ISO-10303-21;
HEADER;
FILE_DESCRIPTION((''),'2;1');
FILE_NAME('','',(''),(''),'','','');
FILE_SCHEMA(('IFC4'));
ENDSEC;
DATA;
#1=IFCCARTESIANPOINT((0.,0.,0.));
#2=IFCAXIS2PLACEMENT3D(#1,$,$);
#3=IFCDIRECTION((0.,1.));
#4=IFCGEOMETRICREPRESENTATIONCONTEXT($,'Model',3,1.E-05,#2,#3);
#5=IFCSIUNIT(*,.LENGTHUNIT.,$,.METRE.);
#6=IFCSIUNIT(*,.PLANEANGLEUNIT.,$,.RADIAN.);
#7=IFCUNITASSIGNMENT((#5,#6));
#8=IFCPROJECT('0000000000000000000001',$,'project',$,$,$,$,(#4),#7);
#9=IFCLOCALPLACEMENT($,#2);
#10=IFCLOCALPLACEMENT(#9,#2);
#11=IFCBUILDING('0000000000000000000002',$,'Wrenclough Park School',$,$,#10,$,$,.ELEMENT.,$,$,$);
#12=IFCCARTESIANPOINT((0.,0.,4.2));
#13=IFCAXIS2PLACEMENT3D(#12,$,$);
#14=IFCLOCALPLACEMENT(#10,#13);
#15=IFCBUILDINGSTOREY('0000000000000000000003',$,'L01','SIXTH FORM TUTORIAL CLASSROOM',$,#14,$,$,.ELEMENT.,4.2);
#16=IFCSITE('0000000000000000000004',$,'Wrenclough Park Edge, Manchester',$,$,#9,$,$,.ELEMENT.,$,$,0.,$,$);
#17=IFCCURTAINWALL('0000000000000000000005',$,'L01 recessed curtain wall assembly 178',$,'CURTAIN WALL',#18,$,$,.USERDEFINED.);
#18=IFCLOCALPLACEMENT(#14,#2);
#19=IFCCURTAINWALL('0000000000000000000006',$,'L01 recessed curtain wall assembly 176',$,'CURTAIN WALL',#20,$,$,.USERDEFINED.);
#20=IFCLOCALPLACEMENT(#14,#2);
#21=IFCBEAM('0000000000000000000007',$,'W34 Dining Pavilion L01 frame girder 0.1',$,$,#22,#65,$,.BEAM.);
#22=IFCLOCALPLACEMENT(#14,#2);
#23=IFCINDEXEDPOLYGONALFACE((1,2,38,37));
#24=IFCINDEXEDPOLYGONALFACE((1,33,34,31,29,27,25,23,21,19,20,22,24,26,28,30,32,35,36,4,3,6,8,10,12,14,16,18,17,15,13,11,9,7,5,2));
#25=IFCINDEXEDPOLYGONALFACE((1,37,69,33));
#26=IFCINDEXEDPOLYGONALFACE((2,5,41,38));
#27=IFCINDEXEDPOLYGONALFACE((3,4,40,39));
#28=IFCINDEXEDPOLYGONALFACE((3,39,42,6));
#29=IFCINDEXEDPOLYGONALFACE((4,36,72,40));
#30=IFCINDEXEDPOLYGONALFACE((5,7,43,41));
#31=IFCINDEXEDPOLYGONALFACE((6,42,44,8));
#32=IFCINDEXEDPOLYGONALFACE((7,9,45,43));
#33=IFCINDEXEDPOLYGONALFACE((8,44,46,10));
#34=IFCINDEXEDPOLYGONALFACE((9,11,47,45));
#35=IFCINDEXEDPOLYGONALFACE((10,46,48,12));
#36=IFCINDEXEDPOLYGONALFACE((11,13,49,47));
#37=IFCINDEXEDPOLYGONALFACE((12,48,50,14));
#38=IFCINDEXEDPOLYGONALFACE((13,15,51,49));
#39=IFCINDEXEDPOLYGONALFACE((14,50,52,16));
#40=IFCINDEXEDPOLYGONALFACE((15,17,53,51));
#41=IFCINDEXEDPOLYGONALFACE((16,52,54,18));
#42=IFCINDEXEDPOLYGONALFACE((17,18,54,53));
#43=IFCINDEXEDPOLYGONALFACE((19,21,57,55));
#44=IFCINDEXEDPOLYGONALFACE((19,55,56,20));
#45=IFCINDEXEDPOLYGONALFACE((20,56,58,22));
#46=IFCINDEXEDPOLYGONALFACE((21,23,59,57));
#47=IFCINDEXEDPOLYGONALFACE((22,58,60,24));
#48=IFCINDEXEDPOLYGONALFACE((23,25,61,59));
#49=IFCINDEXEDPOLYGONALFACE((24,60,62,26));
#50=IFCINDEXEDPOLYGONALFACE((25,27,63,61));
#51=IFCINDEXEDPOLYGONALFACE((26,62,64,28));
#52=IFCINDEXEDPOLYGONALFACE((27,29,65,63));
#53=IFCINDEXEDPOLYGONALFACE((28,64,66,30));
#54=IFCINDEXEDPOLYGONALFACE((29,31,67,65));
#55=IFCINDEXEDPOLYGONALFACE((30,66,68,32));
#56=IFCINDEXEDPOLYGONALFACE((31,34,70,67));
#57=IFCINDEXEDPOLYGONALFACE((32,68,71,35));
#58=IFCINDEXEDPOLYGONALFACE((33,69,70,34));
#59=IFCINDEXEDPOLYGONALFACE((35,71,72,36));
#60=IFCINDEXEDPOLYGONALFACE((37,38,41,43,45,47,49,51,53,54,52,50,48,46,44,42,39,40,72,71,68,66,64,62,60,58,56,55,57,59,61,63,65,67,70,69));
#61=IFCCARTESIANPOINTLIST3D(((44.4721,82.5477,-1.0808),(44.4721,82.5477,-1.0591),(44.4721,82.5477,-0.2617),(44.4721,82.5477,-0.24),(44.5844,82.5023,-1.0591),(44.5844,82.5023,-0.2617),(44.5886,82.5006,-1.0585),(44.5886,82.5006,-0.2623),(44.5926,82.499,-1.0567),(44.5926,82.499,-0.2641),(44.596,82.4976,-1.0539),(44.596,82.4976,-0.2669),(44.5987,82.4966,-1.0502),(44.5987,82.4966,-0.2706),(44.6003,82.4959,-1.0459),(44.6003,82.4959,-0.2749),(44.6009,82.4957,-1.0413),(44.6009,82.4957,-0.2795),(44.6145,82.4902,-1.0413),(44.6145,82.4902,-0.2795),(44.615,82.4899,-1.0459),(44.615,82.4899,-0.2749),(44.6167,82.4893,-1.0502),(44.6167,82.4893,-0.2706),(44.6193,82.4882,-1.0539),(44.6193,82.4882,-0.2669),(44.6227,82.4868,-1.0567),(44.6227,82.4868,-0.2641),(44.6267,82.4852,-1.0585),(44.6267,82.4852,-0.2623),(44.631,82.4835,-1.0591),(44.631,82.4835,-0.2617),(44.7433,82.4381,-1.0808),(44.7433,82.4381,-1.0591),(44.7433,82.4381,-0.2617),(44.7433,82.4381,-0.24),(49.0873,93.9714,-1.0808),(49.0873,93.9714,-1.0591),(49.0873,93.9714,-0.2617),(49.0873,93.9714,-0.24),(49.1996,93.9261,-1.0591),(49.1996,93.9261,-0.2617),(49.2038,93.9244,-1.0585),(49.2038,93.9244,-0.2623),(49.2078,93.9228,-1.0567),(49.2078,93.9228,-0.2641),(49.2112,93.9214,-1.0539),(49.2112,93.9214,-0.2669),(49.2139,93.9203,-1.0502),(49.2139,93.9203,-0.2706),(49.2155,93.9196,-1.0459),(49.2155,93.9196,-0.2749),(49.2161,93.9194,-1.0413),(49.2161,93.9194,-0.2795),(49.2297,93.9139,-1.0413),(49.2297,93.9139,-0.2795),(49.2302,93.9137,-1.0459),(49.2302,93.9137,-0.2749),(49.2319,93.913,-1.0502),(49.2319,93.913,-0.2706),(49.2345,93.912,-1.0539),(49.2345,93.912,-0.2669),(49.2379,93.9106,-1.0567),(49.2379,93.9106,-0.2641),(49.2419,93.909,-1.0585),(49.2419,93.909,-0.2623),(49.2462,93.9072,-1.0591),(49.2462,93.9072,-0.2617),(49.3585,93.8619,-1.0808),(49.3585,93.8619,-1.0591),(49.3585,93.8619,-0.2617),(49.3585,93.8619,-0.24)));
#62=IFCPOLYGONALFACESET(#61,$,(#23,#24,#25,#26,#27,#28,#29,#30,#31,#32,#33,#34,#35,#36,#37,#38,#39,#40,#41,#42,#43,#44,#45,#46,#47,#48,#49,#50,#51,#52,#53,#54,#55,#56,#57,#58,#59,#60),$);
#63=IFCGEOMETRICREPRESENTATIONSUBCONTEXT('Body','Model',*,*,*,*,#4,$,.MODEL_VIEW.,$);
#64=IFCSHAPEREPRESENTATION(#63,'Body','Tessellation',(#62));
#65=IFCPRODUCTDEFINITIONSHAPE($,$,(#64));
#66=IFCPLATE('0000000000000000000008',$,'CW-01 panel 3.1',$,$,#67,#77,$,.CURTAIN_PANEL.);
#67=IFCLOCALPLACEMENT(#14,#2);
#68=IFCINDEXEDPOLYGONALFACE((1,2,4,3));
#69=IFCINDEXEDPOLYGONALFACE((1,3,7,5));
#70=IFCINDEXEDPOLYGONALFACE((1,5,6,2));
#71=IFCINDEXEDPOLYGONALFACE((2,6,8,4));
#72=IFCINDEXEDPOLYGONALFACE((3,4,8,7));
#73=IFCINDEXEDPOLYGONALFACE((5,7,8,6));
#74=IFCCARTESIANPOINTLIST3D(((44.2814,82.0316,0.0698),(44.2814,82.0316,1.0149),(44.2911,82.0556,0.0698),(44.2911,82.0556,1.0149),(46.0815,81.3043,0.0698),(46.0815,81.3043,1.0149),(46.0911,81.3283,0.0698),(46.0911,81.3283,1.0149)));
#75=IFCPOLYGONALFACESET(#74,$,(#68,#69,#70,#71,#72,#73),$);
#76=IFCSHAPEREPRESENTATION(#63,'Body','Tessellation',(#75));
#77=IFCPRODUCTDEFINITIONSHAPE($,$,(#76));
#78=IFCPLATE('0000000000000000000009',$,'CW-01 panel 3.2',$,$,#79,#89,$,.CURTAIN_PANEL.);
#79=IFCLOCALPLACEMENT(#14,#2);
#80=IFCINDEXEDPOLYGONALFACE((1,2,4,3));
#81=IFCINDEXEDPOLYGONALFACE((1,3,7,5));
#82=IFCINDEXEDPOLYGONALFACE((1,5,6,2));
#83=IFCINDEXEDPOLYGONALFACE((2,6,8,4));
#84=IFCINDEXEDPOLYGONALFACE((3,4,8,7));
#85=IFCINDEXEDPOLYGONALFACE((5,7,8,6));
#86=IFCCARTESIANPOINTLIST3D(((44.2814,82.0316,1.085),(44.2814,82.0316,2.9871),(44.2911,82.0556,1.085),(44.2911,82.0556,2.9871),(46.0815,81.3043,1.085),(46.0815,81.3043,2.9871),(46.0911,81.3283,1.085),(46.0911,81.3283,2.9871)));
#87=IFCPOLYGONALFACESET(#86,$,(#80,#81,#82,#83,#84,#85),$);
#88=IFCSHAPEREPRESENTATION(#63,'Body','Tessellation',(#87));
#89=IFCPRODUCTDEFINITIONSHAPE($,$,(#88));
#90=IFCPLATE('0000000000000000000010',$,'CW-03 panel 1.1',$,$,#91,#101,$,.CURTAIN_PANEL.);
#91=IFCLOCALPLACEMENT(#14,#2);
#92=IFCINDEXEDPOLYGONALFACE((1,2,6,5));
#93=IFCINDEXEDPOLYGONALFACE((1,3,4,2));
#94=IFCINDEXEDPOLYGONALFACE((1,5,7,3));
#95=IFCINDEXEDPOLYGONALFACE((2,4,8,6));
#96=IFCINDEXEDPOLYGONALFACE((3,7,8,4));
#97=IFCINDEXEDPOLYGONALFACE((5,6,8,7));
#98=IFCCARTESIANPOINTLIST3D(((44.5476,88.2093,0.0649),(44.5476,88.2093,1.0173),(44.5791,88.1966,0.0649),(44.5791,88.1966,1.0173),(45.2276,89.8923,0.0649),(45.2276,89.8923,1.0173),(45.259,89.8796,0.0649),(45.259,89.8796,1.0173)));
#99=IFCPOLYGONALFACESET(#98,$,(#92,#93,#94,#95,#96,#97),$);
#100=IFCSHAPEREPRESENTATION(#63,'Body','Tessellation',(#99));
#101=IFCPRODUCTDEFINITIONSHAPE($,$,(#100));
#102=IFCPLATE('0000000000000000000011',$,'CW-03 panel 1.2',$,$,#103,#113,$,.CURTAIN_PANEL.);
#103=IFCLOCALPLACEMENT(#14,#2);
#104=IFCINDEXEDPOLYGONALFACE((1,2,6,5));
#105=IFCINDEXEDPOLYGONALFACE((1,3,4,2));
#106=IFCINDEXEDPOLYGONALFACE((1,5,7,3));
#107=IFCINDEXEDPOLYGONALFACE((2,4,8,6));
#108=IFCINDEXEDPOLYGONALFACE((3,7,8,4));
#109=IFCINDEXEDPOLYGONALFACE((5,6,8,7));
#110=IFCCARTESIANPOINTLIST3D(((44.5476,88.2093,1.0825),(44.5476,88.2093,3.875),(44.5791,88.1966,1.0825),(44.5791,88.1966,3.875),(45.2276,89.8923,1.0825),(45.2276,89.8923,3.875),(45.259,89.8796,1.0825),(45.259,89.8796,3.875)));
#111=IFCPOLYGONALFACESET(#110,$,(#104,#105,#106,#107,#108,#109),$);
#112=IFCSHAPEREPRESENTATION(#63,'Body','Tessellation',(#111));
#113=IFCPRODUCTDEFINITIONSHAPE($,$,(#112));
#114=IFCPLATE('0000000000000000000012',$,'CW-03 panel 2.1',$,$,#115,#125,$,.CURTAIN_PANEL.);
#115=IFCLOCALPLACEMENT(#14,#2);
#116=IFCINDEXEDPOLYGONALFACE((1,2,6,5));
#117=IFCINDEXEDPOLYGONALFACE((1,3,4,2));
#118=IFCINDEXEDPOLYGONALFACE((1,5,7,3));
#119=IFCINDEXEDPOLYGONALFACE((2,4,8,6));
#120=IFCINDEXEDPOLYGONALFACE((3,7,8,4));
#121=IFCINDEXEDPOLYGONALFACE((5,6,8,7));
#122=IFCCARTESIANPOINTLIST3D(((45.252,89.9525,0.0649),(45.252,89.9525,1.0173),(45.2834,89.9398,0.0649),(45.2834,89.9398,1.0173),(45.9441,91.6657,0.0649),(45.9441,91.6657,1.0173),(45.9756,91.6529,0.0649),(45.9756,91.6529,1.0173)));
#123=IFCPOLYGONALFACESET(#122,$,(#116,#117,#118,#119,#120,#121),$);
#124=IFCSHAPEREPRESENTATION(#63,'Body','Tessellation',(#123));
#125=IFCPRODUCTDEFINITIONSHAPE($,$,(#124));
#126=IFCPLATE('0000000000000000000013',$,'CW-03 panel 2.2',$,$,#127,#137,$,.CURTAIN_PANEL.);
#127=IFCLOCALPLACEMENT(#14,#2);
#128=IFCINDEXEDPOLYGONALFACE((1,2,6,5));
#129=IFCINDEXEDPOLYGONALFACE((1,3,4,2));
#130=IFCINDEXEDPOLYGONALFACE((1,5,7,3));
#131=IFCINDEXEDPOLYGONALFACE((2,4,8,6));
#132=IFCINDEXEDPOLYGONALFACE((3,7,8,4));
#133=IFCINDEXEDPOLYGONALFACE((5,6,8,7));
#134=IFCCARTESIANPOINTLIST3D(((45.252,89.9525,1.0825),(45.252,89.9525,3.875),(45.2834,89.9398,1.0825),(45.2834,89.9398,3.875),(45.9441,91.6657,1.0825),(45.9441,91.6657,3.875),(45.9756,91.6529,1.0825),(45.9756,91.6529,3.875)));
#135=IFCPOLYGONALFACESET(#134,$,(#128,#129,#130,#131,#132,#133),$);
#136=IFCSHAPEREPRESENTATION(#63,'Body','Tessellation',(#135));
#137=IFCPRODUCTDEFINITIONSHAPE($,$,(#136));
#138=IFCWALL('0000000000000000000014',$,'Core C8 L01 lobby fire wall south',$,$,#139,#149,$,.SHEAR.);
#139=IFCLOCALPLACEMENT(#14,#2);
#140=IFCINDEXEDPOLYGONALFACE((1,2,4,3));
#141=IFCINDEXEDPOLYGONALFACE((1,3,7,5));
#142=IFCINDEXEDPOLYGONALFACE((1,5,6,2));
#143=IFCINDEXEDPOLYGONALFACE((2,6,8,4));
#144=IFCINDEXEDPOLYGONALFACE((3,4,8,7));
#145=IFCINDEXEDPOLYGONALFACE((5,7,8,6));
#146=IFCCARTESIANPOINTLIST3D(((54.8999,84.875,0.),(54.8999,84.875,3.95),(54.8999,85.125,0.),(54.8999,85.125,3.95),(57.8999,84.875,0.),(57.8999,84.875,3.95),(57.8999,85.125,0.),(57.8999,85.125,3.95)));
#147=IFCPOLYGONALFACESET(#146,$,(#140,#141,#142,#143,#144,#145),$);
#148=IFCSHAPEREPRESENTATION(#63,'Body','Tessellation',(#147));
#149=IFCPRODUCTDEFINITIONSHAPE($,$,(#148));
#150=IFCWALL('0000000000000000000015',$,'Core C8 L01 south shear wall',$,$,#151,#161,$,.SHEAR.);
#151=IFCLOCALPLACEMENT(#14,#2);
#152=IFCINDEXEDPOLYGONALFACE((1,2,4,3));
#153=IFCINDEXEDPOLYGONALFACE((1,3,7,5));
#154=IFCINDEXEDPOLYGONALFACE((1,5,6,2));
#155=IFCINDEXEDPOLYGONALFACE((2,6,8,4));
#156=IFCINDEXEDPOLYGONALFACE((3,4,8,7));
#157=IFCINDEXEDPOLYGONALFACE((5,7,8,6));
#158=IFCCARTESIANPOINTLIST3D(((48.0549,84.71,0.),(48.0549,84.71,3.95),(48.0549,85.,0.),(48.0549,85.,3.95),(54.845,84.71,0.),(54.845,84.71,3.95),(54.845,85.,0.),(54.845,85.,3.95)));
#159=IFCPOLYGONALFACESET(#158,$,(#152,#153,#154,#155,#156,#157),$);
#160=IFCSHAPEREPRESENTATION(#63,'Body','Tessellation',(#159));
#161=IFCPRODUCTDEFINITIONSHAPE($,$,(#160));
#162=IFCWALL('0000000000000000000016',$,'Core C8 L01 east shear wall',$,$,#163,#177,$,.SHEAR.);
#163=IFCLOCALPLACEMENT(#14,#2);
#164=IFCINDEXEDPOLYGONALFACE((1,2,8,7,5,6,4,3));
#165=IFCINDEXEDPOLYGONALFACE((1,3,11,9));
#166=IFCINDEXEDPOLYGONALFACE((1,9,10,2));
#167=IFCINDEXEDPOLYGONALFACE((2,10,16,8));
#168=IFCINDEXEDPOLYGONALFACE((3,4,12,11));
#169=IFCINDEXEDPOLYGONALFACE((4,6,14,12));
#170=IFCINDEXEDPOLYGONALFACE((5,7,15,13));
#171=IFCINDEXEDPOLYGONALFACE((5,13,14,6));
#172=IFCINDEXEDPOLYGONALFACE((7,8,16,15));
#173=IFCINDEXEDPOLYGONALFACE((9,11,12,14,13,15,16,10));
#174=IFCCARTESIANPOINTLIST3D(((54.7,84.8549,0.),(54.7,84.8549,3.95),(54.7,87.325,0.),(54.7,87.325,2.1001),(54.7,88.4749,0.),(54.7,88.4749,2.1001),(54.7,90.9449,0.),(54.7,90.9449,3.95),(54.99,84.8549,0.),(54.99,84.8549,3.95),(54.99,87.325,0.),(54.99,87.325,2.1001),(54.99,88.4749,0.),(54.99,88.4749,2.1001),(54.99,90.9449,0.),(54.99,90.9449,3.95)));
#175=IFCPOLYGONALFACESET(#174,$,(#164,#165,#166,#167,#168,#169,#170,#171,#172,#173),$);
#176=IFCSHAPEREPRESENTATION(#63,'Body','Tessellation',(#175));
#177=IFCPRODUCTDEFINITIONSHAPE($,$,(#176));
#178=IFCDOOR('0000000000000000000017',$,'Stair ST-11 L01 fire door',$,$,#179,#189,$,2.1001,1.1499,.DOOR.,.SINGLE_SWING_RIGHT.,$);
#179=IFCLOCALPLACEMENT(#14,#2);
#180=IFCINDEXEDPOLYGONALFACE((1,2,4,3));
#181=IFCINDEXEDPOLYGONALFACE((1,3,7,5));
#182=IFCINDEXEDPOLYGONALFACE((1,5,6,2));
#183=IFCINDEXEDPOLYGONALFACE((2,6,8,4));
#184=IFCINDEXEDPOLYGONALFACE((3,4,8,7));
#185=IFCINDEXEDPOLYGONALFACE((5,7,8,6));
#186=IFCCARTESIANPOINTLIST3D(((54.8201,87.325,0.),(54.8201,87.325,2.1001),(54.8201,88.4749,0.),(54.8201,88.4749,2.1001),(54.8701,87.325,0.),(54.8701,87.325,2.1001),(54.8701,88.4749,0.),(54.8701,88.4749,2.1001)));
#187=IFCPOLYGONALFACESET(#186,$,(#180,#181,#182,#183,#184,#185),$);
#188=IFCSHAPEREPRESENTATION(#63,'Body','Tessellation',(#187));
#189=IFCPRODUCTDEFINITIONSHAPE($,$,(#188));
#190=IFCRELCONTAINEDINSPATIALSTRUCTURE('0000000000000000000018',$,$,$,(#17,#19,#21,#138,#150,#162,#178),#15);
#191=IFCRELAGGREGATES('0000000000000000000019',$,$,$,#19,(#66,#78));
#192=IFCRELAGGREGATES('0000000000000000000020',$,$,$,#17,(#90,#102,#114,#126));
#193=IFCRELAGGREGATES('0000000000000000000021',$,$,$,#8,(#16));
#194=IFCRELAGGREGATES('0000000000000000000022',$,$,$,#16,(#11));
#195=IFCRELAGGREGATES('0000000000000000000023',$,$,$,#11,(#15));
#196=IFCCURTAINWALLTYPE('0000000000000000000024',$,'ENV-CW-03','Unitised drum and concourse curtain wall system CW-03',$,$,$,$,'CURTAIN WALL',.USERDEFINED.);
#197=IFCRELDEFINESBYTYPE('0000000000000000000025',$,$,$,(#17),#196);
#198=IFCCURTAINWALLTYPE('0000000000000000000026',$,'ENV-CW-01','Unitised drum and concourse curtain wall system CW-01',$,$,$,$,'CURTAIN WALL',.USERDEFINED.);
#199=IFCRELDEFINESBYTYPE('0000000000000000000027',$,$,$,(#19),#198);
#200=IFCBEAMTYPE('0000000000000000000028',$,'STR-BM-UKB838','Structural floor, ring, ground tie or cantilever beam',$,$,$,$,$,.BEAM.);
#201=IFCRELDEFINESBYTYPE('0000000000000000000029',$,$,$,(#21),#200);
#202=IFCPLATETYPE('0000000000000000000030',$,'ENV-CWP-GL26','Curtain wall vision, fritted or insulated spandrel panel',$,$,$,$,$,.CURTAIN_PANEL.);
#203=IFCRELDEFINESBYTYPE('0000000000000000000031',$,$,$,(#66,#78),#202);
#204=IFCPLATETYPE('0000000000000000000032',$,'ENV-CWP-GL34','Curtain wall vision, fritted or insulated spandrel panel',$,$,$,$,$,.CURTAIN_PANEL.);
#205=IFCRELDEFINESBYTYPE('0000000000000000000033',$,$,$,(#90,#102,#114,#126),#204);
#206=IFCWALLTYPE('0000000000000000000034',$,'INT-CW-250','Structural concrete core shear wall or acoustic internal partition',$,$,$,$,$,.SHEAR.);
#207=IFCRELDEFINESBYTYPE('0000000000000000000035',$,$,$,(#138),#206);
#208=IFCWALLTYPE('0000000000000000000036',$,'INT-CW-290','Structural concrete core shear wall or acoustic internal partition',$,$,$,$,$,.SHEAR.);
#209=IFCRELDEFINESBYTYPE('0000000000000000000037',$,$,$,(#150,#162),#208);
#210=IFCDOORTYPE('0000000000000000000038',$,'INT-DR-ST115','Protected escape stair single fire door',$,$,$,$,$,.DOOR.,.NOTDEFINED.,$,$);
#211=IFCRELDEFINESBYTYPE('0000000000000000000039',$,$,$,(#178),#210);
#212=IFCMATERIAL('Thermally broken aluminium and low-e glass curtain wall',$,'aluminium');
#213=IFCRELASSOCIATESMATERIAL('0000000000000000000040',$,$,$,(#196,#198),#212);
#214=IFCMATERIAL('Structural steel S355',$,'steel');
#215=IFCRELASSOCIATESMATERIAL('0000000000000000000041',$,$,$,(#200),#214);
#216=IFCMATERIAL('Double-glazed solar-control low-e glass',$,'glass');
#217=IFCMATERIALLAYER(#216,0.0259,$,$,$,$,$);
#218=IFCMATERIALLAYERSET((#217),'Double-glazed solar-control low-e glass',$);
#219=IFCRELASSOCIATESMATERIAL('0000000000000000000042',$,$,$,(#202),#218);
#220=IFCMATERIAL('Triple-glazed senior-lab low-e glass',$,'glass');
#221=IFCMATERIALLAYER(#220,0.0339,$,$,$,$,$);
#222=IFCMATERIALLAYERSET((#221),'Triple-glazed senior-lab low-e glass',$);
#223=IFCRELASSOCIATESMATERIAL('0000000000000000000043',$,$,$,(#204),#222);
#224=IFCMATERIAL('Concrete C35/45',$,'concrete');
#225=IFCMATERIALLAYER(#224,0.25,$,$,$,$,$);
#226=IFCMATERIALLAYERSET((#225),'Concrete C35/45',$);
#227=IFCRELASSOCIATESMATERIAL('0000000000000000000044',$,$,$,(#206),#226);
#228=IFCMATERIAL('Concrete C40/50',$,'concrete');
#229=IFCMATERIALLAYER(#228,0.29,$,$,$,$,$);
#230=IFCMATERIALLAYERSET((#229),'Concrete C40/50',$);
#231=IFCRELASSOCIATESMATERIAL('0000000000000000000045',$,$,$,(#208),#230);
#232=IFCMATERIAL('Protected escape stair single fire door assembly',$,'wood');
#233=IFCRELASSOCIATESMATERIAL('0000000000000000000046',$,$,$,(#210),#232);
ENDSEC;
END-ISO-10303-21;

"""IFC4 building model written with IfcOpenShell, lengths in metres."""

from ifc_helpers import new_model, si_unit, direction, frame, frame_2d, origin, origin_2d, place, context, subcontext, project, spatial, rectangle, i_section, extrude, material, layer, layer_set, material_profile, profile_set, type_object, element, fill, aggregate, save


model = new_model("IFC4")

# Units and contexts
model_context = context("Model", 3, precision=1e-05, world=origin(), true_north=direction((0.0, 1.0)))
body_context = subcontext(model_context, "Body", "Model", "MODEL_VIEW")
ifc_project = project(units=[si_unit("LENGTHUNIT", "METRE"), si_unit("PLANEANGLEUNIT", "RADIAN")], contexts=[model_context])

# Site, building, storey
site_placement = place(None, origin())
site = spatial("IfcSite", under=ifc_project, at=site_placement, Name="Wrenclough Park Edge, Manchester", CompositionType="ELEMENT", RefElevation=0.0)
building_placement = place(site_placement, origin())
building = spatial("IfcBuilding", under=site, at=building_placement, Name="Wrenclough Park School", CompositionType="ELEMENT")
storey_placement = place(building_placement, frame((0.0, 0.0, 4.2)))
storey = spatial("IfcBuildingStorey", under=building, at=storey_placement, Name="L01", Description="SIXTH FORM TUTORIAL CLASSROOM", CompositionType="ELEMENT", Elevation=4.2)

# Curtain wall
ifc_material_1 = material(Name="Thermally broken aluminium and low-e glass curtain wall", Category="aluminium")
curtain_wall_type_1 = type_object("IfcCurtainWallType", Name="ENV-CW-03", Description="Unitised drum and concourse curtain wall system CW-03", ElementType="CURTAIN WALL", PredefinedType="USERDEFINED", material=ifc_material_1)
curtain_wall_1_placement = place(storey_placement, origin())
curtain_wall_1 = element("IfcCurtainWall", 1, at=curtain_wall_1_placement, inside=storey, type_object=curtain_wall_type_1, Name="L01 recessed curtain wall assembly 178", ObjectType="CURTAIN WALL", PredefinedType="USERDEFINED")

# Curtain wall
curtain_wall_type_2 = type_object("IfcCurtainWallType", Name="ENV-CW-01", Description="Unitised drum and concourse curtain wall system CW-01", ElementType="CURTAIN WALL", PredefinedType="USERDEFINED", material=ifc_material_1)
curtain_wall_2_placement = place(storey_placement, origin())
curtain_wall_2 = element("IfcCurtainWall", 2, at=curtain_wall_2_placement, inside=storey, type_object=curtain_wall_type_2, Name="L01 recessed curtain wall assembly 176", ObjectType="CURTAIN WALL", PredefinedType="USERDEFINED")

# Beam
ifc_material_2 = material(Name="Concrete C40/50", Category="concrete")
ifc_material_3 = material(Name="Structural steel S355", Category="steel")
ifc_material_profile_1 = material_profile(ifc_material_3, i_section(OverallWidth=0.2925, OverallDepth=0.8408, WebThickness=0.0146, FlangeThickness=0.0217, FilletRadius=0.0178, at=origin_2d()), Name="UKB 838x292x194")
ifc_profile_set_1 = profile_set([ifc_material_profile_1], Name="Structural steel S355")
beam_type_1 = type_object("IfcBeamType", Name="STR-BM-UKB838", Description="Structural floor, ring, ground tie or cantilever beam", PredefinedType="BEAM", material=ifc_profile_set_1)
beam_1_placement = place(storey_placement, frame((44.6077, 82.4929, -0.6604), z_axis=(0.374586, 0.927192, 0.0), x_axis=(-0.927192, 0.374586, 0.0)))
element("IfcBeam", 3, at=beam_1_placement, inside=storey, type_object=beam_type_1, Name="W34 Dining Pavilion L01 frame girder 0.1", PredefinedType="BEAM", context=body_context, shape_type="SweptSolid", body=[
    extrude(i_section(OverallWidth=0.2925, OverallDepth=0.8408, WebThickness=0.0146, FlangeThickness=0.0217, FilletRadius=0.0178, at=origin_2d()), origin(), (0.0, 0.0, 1.0), 12.3208),
])

# Plates
ifc_material_4 = material(Name="Double-glazed solar-control low-e glass", Category="glass")
ifc_layer_1 = layer(ifc_material_4, 0.0259)
ifc_layer_set_1 = layer_set([ifc_layer_1], Name="Double-glazed solar-control low-e glass")
plate_type_1 = type_object("IfcPlateType", Name="ENV-CWP-GL26", Description="Curtain wall vision, fritted or insulated spandrel panel", PredefinedType="CURTAIN_PANEL", material=ifc_layer_set_1)
plate_1_placement = place(storey_placement, frame((45.1863, 81.6799, 0.0698), z_axis=(0.0, 0.0, 1.0), x_axis=(-0.927185, 0.374603, 0.0)))
plate_1 = element("IfcPlate", 4, at=plate_1_placement, type_object=plate_type_1, Name="CW-01 panel 3.1", PredefinedType="CURTAIN_PANEL", context=body_context, shape_type="SweptSolid", body=[
    extrude(rectangle(XDim=1.9414, YDim=0.0259, at=origin_2d()), origin(), (0.0, 0.0, 1.0), 0.9451),
])
plate_2_placement = place(storey_placement, frame((45.1863, 81.6799, 1.085), z_axis=(0.0, 0.0, 1.0), x_axis=(-0.927185, 0.374603, 0.0)))
plate_2 = element("IfcPlate", 5, at=plate_2_placement, type_object=plate_type_1, Name="CW-01 panel 3.2", PredefinedType="CURTAIN_PANEL", context=body_context, shape_type="SweptSolid", body=[
    extrude(rectangle(XDim=1.9414, YDim=0.0259, at=origin_2d()), origin(), (0.0, 0.0, 1.0), 1.9021),
])
aggregate(curtain_wall_2, [plate_1, plate_2])
ifc_material_5 = material(Name="Triple-glazed senior-lab low-e glass", Category="glass")
ifc_layer_2 = layer(ifc_material_5, 0.0339)
ifc_layer_set_2 = layer_set([ifc_layer_2], Name="Triple-glazed senior-lab low-e glass")
plate_type_2 = type_object("IfcPlateType", Name="ENV-CWP-GL34", Description="Curtain wall vision, fritted or insulated spandrel panel", PredefinedType="CURTAIN_PANEL", material=ifc_layer_set_2)
plate_3_placement = place(storey_placement, frame((44.9033, 89.0444, 0.0649), z_axis=(0.0, 0.0, 1.0), x_axis=(0.374604, 0.927185, 0.0)))
plate_3 = element("IfcPlate", 6, at=plate_3_placement, type_object=plate_type_2, Name="CW-03 panel 1.1", PredefinedType="CURTAIN_PANEL", context=body_context, shape_type="SweptSolid", body=[
    extrude(rectangle(XDim=1.8152, YDim=0.0339, at=origin_2d()), origin(), (0.0, 0.0, 1.0), 0.9524),
])
plate_4_placement = place(storey_placement, frame((44.9033, 89.0444, 1.0825), z_axis=(0.0, 0.0, 1.0), x_axis=(0.374604, 0.927185, 0.0)))
plate_4 = element("IfcPlate", 7, at=plate_4_placement, type_object=plate_type_2, Name="CW-03 panel 1.2", PredefinedType="CURTAIN_PANEL", context=body_context, shape_type="SweptSolid", body=[
    extrude(rectangle(XDim=1.8152, YDim=0.0339, at=origin_2d()), origin(), (0.0, 0.0, 1.0), 2.7925),
])
plate_5_placement = place(storey_placement, frame((45.6138, 90.8027, 0.0649), z_axis=(0.0, 0.0, 1.0), x_axis=(0.374604, 0.927185, 0.0)))
plate_5 = element("IfcPlate", 8, at=plate_5_placement, type_object=plate_type_2, Name="CW-03 panel 2.1", PredefinedType="CURTAIN_PANEL", context=body_context, shape_type="SweptSolid", body=[
    extrude(rectangle(XDim=1.8477, YDim=0.0339, at=origin_2d()), origin(), (0.0, 0.0, 1.0), 0.9524),
])
plate_6_placement = place(storey_placement, frame((45.6138, 90.8027, 1.0825), z_axis=(0.0, 0.0, 1.0), x_axis=(0.374604, 0.927185, 0.0)))
plate_6 = element("IfcPlate", 9, at=plate_6_placement, type_object=plate_type_2, Name="CW-03 panel 2.2", PredefinedType="CURTAIN_PANEL", context=body_context, shape_type="SweptSolid", body=[
    extrude(rectangle(XDim=1.8477, YDim=0.0339, at=origin_2d()), origin(), (0.0, 0.0, 1.0), 2.7925),
])
aggregate(curtain_wall_1, [plate_3, plate_4, plate_5, plate_6])

# Walls
ifc_material_6 = material(Name="Concrete C35/45", Category="concrete")
ifc_layer_3 = layer(ifc_material_6, 0.25)
ifc_layer_set_3 = layer_set([ifc_layer_3], Name="Concrete C35/45")
wall_type_1 = type_object("IfcWallType", Name="INT-CW-250", Description="Structural concrete core shear wall or acoustic internal partition", PredefinedType="SHEAR", material=ifc_layer_set_3)
wall_1_placement = place(storey_placement, frame((54.8999, 85.0, 0.0), z_axis=(0.0, 0.0, 1.0), x_axis=(1.0, 0.0, 0.0)))
element("IfcWall", 10, at=wall_1_placement, inside=storey, type_object=wall_type_1, Name="Core C8 L01 lobby fire wall south", PredefinedType="SHEAR", context=body_context, shape_type="SweptSolid", body=[
    extrude(rectangle(XDim=3.0, YDim=0.25, at=frame_2d((1.5, 0.0))), origin(), (0.0, 0.0, 1.0), 3.95),
])
ifc_layer_4 = layer(ifc_material_2, 0.29)
ifc_layer_set_4 = layer_set([ifc_layer_4], Name="Concrete C40/50")
wall_type_2 = type_object("IfcWallType", Name="INT-CW-290", Description="Structural concrete core shear wall or acoustic internal partition", PredefinedType="SHEAR", material=ifc_layer_set_4)
wall_2_placement = place(storey_placement, frame((48.0549, 84.855, 0.0), z_axis=(0.0, 0.0, 1.0), x_axis=(1.0, 0.0, 0.0)))
element("IfcWall", 11, at=wall_2_placement, inside=storey, type_object=wall_type_2, Name="Core C8 L01 south shear wall", PredefinedType="SHEAR", context=body_context, shape_type="SweptSolid", body=[
    extrude(rectangle(XDim=6.79, YDim=0.29, at=frame_2d((3.395, 0.0))), origin(), (0.0, 0.0, 1.0), 3.95),
])

# Wall, opening, door
wall_3_placement = place(storey_placement, frame((54.845, 84.855, 0.0), z_axis=(0.0, 0.0, 1.0), x_axis=(0.0, 1.0, 0.0)))
wall_3 = element("IfcWall", 12, at=wall_3_placement, inside=storey, type_object=wall_type_2, Name="Core C8 L01 east shear wall", PredefinedType="SHEAR", context=body_context, shape_type="SweptSolid", body=[
    extrude(rectangle(XDim=6.0901, YDim=0.29, at=frame_2d((3.0449, 0.0))), origin(), (0.0, 0.0, 1.0), 3.95),
])
opening_placement = place(wall_3_placement, frame((2.47, 0.0, 0.0)))
opening = element("IfcOpeningElement", 13, at=opening_placement, cuts=wall_3, PredefinedType="OPENING", context=body_context, shape_type="SweptSolid", body=[
    extrude(rectangle(XDim=1.1499, YDim=2.1001, at=frame_2d((0.575, 1.05))), frame((0.0, 0.155, 0.0), z_axis=(0.0, -1.0, 0.0), x_axis=(1.0, 0.0, 0.0)), (0.0, 0.0, 1.0), 0.3101),
])
ifc_material_7 = material(Name="Protected escape stair single fire door assembly", Category="wood")
door_type = type_object("IfcDoorType", Name="INT-DR-ST115", Description="Protected escape stair single fire door", OperationType="NOTDEFINED", PredefinedType="DOOR", material=ifc_material_7)
door_placement = place(opening_placement, origin())
door = element("IfcDoor", 14, at=door_placement, inside=storey, type_object=door_type, Name="Stair ST-11 L01 fire door", OperationType="SINGLE_SWING_RIGHT", OverallHeight=2.1001, OverallWidth=1.1499, PredefinedType="DOOR", context=body_context, shape_type="SweptSolid", body=[
    extrude(rectangle(XDim=1.1499, YDim=2.1001, at=frame_2d((0.575, 1.05))), frame((0.0, 0.0249, 0.0), z_axis=(0.0, -1.0, 0.0), x_axis=(1.0, 0.0, 0.0)), (0.0, 0.0, 1.0), 0.05),
])
fill(opening, door)

save(model, "model.ifc")
